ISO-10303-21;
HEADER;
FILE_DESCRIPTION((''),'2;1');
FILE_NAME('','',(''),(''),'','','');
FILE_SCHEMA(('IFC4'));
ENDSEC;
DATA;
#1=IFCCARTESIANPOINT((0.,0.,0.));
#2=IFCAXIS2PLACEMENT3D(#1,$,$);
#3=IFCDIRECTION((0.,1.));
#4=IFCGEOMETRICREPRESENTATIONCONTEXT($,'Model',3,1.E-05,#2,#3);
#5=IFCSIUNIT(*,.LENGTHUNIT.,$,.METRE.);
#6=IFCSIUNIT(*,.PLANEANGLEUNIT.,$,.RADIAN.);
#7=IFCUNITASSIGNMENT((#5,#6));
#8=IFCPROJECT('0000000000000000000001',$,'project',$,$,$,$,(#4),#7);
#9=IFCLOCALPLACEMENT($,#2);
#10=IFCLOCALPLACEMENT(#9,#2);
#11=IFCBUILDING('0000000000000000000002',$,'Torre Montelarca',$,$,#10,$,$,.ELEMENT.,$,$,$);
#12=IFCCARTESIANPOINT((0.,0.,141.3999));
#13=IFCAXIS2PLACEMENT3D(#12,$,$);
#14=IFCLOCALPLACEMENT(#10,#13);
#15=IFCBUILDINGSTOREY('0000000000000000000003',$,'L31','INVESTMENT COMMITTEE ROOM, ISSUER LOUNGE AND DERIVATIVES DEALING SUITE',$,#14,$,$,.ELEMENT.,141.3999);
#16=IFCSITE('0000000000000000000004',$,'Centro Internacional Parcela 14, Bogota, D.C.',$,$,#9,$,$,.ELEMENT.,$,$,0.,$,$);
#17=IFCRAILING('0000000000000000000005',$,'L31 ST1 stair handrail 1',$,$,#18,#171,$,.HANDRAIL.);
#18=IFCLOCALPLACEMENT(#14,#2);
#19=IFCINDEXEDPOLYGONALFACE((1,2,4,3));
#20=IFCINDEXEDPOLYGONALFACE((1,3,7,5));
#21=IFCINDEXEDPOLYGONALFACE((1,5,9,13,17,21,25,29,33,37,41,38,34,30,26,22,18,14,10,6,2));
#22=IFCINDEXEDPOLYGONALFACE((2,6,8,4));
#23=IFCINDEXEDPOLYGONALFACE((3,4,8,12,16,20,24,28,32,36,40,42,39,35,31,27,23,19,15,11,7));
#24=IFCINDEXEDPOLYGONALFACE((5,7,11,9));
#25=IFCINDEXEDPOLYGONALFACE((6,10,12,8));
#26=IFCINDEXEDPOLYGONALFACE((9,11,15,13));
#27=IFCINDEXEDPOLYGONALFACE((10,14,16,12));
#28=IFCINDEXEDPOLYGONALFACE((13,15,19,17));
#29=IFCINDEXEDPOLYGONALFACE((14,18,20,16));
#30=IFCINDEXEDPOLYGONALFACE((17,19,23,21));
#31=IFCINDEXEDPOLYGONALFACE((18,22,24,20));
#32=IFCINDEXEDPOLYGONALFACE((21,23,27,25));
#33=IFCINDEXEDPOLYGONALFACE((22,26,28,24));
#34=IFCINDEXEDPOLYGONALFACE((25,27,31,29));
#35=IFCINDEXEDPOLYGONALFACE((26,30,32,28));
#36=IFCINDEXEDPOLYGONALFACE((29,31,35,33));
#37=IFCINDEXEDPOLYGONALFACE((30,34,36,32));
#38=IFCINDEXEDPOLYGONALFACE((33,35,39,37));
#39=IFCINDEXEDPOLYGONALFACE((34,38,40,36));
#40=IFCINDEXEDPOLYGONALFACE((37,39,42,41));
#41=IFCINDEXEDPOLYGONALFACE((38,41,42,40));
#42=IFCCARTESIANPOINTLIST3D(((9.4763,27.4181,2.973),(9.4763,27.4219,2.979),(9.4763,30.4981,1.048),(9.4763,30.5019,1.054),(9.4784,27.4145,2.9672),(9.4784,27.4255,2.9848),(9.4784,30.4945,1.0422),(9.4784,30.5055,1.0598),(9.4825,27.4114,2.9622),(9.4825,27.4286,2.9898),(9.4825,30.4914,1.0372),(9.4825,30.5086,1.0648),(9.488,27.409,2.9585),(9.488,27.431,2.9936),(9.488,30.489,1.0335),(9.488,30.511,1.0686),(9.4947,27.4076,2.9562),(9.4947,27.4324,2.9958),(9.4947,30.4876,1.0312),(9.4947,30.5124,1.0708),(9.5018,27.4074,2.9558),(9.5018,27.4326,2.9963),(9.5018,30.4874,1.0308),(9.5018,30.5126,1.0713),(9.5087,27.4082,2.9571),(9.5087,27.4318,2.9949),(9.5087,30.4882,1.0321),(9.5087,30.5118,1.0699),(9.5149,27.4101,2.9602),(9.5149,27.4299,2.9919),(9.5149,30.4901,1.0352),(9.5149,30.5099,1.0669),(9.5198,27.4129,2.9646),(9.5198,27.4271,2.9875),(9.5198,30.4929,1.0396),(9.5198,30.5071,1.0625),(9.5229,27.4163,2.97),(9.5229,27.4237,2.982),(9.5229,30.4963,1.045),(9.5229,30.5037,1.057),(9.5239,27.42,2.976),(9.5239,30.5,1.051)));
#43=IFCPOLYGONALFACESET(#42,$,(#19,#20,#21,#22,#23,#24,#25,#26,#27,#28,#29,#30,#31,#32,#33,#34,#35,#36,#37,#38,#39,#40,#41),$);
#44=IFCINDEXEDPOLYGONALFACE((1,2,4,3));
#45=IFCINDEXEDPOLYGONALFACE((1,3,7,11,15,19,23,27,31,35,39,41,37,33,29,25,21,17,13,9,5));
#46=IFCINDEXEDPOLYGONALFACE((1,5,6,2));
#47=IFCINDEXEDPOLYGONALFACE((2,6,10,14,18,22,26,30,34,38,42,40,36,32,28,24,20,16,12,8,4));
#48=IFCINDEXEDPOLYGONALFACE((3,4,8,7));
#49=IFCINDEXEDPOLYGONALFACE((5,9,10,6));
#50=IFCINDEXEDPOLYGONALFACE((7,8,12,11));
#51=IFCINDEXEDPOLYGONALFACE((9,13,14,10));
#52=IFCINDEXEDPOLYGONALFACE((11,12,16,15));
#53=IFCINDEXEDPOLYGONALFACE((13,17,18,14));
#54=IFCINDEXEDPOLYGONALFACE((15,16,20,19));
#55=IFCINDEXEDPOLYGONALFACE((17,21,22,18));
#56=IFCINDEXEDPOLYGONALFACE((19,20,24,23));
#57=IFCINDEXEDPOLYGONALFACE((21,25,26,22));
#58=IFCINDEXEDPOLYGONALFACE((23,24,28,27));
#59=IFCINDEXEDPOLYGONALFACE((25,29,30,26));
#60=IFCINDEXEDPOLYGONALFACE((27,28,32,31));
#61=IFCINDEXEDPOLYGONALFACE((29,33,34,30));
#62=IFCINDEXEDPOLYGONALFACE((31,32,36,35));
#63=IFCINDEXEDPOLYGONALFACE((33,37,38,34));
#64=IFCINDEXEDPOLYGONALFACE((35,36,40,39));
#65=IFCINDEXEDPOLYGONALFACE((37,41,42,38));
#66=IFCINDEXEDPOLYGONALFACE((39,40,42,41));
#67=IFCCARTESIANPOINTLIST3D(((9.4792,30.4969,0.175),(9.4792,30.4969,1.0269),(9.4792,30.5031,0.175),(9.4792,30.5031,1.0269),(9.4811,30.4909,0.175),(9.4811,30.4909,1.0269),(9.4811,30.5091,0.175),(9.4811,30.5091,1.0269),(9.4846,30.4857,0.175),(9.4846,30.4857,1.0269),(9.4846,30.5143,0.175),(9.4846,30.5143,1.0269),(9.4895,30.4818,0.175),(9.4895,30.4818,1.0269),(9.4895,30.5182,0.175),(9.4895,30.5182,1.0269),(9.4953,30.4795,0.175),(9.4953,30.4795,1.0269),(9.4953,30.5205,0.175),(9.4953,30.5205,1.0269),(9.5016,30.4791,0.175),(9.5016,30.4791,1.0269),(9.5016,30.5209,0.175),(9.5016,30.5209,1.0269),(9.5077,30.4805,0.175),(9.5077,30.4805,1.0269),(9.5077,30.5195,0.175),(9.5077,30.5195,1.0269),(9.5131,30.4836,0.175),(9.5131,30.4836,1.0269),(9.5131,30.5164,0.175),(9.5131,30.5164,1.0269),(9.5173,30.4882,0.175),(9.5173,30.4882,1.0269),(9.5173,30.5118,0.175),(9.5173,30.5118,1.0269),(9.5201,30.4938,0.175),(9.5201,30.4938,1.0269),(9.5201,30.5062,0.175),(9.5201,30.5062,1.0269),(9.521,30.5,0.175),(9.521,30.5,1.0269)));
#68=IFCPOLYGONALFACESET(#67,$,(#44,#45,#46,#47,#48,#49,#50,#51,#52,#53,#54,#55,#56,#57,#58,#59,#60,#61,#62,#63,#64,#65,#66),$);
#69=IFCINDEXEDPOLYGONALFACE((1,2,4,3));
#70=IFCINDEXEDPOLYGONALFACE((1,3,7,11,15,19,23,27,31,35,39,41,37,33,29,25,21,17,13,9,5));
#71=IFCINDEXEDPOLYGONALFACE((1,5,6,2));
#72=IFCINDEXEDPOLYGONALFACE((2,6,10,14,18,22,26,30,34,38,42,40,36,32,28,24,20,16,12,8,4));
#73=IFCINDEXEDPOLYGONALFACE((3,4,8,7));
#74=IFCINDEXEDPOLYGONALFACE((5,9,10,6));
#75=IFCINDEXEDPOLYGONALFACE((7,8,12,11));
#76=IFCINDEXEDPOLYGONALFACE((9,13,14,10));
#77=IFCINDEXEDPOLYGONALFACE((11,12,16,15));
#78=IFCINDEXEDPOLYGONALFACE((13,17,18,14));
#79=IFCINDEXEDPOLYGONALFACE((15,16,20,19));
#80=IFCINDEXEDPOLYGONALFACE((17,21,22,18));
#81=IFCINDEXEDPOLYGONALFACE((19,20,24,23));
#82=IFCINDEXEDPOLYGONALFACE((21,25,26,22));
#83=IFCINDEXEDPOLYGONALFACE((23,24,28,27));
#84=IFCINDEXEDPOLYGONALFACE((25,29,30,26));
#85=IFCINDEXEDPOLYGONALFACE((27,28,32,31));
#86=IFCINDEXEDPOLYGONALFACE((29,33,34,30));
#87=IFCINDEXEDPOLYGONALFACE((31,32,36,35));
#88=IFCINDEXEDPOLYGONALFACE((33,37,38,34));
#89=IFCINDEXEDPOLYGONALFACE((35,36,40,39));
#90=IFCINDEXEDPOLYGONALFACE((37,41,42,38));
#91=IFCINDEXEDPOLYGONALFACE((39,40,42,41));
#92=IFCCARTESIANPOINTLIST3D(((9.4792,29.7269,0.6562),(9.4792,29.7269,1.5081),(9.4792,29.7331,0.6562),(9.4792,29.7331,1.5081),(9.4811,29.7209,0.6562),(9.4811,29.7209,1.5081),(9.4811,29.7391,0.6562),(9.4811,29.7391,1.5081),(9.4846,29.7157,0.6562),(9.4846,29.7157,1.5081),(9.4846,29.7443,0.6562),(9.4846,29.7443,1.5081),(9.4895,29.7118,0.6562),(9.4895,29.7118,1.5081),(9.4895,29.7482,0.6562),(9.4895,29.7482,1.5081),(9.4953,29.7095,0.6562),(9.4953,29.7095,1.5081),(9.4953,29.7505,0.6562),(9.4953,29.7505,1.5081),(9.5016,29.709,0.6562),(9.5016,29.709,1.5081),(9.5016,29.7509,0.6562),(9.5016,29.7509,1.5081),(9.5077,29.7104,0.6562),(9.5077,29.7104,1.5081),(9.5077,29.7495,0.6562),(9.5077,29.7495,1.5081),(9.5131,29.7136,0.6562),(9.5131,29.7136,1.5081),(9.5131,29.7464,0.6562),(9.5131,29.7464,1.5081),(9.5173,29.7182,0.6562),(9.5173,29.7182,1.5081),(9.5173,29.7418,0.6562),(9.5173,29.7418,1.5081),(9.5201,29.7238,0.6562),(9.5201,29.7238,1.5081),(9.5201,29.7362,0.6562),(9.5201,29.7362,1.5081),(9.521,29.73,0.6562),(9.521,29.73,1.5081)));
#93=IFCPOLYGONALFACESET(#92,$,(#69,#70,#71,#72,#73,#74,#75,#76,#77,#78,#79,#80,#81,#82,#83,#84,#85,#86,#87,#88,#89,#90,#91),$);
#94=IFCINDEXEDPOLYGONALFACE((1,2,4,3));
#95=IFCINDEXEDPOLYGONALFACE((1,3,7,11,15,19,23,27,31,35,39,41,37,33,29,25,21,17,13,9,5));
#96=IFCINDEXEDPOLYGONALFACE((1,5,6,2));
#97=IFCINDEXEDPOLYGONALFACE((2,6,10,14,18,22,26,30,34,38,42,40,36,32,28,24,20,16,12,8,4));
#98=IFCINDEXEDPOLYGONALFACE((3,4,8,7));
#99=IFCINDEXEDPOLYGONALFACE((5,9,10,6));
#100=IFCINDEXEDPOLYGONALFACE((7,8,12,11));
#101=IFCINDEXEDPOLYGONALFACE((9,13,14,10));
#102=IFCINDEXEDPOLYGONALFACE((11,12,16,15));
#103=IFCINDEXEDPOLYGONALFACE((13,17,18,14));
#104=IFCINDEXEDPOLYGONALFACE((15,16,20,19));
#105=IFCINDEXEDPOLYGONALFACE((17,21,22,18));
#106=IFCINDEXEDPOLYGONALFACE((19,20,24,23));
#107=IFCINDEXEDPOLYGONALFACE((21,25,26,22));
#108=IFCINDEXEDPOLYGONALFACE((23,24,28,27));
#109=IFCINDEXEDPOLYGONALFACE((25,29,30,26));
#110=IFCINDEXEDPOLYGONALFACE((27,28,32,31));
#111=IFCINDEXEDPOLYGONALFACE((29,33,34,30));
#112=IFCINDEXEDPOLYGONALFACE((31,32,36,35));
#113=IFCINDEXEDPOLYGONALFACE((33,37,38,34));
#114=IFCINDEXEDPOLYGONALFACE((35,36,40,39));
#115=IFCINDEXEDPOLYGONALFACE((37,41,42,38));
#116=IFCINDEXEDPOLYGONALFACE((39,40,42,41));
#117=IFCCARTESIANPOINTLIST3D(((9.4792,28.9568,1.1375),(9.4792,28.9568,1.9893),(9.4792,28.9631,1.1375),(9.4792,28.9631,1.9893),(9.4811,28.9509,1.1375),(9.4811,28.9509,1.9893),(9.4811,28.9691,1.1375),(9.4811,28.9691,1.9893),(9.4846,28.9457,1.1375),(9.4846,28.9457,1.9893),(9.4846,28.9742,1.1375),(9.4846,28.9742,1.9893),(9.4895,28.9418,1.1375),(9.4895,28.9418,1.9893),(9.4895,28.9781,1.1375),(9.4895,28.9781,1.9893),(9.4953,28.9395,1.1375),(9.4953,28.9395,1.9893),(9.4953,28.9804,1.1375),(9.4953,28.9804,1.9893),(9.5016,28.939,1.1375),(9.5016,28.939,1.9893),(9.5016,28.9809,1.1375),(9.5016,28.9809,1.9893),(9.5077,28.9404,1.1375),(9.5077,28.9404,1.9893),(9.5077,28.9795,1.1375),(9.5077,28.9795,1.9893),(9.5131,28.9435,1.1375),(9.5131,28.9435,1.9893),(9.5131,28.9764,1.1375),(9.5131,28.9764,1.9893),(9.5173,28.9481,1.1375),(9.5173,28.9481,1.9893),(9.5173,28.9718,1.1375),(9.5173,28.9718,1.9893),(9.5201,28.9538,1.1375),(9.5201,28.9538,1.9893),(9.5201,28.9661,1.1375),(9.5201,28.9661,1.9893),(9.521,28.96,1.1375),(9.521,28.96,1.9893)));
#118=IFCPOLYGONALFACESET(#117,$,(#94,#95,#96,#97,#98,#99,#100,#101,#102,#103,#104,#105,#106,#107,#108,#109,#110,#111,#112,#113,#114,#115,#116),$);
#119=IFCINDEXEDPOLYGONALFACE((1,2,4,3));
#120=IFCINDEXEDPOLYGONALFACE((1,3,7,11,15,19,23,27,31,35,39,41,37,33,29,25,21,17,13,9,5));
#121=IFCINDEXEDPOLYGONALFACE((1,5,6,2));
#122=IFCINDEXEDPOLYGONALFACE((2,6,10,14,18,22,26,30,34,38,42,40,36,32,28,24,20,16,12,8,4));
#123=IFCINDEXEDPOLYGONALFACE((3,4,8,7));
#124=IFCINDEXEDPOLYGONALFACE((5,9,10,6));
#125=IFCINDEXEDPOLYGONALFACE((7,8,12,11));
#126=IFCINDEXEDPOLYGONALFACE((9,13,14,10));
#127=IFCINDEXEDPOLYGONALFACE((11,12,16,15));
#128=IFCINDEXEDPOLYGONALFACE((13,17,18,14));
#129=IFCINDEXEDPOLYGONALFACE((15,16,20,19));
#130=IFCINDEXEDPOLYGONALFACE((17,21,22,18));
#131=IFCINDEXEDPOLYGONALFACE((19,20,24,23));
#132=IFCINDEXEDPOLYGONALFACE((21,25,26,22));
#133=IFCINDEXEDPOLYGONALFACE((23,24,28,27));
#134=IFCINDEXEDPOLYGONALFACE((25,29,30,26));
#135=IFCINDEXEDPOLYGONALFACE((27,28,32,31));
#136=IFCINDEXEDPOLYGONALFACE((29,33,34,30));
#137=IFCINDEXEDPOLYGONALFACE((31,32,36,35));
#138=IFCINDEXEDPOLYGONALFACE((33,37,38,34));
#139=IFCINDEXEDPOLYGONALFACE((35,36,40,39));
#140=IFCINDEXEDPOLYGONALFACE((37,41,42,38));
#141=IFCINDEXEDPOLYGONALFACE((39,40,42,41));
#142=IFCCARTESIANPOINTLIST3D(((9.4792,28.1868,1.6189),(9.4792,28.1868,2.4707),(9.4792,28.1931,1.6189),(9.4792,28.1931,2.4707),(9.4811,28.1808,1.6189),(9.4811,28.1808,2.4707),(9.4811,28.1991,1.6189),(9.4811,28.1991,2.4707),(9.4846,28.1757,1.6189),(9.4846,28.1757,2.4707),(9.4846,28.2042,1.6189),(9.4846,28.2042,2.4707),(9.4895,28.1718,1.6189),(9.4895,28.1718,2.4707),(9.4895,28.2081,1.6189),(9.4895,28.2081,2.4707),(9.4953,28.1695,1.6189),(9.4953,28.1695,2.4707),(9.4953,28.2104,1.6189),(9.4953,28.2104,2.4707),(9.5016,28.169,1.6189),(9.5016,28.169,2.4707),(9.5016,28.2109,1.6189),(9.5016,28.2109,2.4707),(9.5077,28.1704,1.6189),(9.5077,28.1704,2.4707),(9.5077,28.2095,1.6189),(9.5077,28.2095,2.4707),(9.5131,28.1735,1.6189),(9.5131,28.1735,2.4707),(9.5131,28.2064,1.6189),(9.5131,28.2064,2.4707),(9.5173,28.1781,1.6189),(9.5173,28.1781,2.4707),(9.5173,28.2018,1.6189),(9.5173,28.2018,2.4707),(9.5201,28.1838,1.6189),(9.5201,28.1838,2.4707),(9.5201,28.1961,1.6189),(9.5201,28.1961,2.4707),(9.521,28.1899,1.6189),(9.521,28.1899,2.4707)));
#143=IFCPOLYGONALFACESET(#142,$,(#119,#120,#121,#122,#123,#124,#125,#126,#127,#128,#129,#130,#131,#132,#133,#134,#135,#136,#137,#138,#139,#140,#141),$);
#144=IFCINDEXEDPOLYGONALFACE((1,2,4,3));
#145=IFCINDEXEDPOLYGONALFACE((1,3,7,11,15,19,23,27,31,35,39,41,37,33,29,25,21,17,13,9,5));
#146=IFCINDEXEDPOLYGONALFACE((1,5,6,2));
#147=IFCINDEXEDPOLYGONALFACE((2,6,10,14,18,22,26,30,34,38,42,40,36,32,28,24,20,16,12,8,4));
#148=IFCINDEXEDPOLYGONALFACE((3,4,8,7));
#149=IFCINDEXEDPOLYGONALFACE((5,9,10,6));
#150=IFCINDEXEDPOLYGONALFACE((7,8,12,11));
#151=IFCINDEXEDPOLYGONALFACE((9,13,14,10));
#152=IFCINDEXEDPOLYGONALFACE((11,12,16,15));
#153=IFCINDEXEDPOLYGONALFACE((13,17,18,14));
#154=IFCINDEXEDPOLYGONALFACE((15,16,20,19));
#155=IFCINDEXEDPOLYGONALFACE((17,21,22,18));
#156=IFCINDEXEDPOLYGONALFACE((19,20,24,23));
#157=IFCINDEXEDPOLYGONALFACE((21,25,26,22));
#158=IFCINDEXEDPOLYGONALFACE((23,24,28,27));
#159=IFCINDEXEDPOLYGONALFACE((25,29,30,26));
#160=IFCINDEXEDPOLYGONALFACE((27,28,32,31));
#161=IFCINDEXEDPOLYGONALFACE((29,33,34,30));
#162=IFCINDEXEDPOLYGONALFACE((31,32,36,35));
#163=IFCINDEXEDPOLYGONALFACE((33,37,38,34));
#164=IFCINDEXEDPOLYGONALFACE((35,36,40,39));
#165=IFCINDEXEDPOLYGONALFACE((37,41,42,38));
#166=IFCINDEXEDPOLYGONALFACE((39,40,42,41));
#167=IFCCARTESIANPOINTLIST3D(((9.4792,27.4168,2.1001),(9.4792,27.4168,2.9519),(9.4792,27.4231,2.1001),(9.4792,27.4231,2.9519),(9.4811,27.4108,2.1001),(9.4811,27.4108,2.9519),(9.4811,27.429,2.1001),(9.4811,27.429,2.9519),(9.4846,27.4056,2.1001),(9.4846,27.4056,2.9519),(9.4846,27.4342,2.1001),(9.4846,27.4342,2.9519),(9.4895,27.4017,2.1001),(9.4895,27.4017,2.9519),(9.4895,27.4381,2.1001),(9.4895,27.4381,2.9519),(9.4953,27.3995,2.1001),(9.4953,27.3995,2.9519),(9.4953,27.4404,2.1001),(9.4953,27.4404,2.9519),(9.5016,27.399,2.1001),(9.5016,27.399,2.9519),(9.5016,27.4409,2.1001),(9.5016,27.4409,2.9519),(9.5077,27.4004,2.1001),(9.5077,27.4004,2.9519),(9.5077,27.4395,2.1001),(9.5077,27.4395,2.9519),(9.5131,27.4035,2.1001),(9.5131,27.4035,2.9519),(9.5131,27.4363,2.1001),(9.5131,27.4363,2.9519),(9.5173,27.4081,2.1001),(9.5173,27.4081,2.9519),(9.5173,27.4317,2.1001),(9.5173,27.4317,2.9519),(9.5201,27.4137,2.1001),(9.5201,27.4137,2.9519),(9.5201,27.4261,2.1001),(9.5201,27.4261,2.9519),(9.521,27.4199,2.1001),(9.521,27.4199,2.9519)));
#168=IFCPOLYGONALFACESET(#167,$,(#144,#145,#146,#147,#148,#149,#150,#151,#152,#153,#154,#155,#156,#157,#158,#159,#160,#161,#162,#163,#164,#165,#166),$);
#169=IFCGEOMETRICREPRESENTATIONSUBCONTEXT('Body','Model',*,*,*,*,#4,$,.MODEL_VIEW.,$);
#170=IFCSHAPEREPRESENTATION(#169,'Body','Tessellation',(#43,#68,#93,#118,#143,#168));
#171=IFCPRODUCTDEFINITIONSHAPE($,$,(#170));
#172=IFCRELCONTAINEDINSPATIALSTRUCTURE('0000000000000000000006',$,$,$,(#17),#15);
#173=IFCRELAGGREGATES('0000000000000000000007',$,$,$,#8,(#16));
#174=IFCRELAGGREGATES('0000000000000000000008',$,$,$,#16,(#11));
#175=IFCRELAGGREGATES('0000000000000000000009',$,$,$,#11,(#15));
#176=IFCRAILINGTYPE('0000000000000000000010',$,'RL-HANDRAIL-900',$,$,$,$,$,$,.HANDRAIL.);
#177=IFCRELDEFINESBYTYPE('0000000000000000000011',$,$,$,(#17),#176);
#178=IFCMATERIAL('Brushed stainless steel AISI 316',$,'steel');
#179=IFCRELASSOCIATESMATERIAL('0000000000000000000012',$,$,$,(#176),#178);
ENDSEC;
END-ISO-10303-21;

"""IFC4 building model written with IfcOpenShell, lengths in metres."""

from ifc_helpers import new_model, si_unit, direction, frame, origin, origin_2d, place, context, subcontext, project, spatial, circle, extrude, material, type_object, element, save


model = new_model("IFC4")

# Units and contexts
model_context = context("Model", 3, precision=1e-05, world=origin(), true_north=direction((0.0, 1.0)))
body_context = subcontext(model_context, "Body", "Model", "MODEL_VIEW")
ifc_project = project(units=[si_unit("LENGTHUNIT", "METRE"), si_unit("PLANEANGLEUNIT", "RADIAN")], contexts=[model_context])

# Site, building, storey
site_placement = place(None, origin())
site = spatial("IfcSite", under=ifc_project, at=site_placement, Name="Centro Internacional Parcela 14, Bogota, D.C.", CompositionType="ELEMENT", RefElevation=0.0)
building_placement = place(site_placement, origin())
building = spatial("IfcBuilding", under=site, at=building_placement, Name="Torre Montelarca", CompositionType="ELEMENT")
storey_placement = place(building_placement, frame((0.0, 0.0, 141.3999)))
storey = spatial("IfcBuildingStorey", under=building, at=storey_placement, Name="L31", Description="INVESTMENT COMMITTEE ROOM, ISSUER LOUNGE AND DERIVATIVES DEALING SUITE", CompositionType="ELEMENT", Elevation=141.3999)

# Shared definitions
ifc_material_1 = material(Name="Brushed stainless steel AISI 316", Category="steel")

# Railing
railing_type_1 = type_object("IfcRailingType", Name="RL-HANDRAIL-900", PredefinedType="HANDRAIL", material=ifc_material_1)
railing_1_placement = place(storey_placement, frame((9.5, 30.5, 0.175)))
element("IfcRailing", 1, at=railing_1_placement, inside=storey, type_object=railing_type_1, Name="L31 ST1 stair handrail 1", PredefinedType="HANDRAIL", context=body_context, shape_type="SweptSolid", body=[
    extrude(circle(Radius=0.0239, at=origin_2d()), frame((0.0, 0.0, 0.876), z_axis=(0.0, -0.847998, 0.529999), x_axis=(1.0, 0.0, 0.0)), (0.0, 0.0, 1.0), 3.6321),
    extrude(circle(Radius=0.021, at=origin_2d()), origin(), (0.0, 0.0, 1.0), 0.8518),
    extrude(circle(Radius=0.021, at=origin_2d()), frame((0.0, -0.77, 0.4812)), (0.0, 0.0, 1.0), 0.8518),
    extrude(circle(Radius=0.021, at=origin_2d()), frame((0.0, -1.54, 0.9624)), (0.0, 0.0, 1.0), 0.8518),
    extrude(circle(Radius=0.021, at=origin_2d()), frame((0.0, -2.3101, 1.4438)), (0.0, 0.0, 1.0), 0.8518),
    extrude(circle(Radius=0.021, at=origin_2d()), frame((0.0, -3.0801, 1.925)), (0.0, 0.0, 1.0), 0.8518),
])

save(model, "model.ifc")
